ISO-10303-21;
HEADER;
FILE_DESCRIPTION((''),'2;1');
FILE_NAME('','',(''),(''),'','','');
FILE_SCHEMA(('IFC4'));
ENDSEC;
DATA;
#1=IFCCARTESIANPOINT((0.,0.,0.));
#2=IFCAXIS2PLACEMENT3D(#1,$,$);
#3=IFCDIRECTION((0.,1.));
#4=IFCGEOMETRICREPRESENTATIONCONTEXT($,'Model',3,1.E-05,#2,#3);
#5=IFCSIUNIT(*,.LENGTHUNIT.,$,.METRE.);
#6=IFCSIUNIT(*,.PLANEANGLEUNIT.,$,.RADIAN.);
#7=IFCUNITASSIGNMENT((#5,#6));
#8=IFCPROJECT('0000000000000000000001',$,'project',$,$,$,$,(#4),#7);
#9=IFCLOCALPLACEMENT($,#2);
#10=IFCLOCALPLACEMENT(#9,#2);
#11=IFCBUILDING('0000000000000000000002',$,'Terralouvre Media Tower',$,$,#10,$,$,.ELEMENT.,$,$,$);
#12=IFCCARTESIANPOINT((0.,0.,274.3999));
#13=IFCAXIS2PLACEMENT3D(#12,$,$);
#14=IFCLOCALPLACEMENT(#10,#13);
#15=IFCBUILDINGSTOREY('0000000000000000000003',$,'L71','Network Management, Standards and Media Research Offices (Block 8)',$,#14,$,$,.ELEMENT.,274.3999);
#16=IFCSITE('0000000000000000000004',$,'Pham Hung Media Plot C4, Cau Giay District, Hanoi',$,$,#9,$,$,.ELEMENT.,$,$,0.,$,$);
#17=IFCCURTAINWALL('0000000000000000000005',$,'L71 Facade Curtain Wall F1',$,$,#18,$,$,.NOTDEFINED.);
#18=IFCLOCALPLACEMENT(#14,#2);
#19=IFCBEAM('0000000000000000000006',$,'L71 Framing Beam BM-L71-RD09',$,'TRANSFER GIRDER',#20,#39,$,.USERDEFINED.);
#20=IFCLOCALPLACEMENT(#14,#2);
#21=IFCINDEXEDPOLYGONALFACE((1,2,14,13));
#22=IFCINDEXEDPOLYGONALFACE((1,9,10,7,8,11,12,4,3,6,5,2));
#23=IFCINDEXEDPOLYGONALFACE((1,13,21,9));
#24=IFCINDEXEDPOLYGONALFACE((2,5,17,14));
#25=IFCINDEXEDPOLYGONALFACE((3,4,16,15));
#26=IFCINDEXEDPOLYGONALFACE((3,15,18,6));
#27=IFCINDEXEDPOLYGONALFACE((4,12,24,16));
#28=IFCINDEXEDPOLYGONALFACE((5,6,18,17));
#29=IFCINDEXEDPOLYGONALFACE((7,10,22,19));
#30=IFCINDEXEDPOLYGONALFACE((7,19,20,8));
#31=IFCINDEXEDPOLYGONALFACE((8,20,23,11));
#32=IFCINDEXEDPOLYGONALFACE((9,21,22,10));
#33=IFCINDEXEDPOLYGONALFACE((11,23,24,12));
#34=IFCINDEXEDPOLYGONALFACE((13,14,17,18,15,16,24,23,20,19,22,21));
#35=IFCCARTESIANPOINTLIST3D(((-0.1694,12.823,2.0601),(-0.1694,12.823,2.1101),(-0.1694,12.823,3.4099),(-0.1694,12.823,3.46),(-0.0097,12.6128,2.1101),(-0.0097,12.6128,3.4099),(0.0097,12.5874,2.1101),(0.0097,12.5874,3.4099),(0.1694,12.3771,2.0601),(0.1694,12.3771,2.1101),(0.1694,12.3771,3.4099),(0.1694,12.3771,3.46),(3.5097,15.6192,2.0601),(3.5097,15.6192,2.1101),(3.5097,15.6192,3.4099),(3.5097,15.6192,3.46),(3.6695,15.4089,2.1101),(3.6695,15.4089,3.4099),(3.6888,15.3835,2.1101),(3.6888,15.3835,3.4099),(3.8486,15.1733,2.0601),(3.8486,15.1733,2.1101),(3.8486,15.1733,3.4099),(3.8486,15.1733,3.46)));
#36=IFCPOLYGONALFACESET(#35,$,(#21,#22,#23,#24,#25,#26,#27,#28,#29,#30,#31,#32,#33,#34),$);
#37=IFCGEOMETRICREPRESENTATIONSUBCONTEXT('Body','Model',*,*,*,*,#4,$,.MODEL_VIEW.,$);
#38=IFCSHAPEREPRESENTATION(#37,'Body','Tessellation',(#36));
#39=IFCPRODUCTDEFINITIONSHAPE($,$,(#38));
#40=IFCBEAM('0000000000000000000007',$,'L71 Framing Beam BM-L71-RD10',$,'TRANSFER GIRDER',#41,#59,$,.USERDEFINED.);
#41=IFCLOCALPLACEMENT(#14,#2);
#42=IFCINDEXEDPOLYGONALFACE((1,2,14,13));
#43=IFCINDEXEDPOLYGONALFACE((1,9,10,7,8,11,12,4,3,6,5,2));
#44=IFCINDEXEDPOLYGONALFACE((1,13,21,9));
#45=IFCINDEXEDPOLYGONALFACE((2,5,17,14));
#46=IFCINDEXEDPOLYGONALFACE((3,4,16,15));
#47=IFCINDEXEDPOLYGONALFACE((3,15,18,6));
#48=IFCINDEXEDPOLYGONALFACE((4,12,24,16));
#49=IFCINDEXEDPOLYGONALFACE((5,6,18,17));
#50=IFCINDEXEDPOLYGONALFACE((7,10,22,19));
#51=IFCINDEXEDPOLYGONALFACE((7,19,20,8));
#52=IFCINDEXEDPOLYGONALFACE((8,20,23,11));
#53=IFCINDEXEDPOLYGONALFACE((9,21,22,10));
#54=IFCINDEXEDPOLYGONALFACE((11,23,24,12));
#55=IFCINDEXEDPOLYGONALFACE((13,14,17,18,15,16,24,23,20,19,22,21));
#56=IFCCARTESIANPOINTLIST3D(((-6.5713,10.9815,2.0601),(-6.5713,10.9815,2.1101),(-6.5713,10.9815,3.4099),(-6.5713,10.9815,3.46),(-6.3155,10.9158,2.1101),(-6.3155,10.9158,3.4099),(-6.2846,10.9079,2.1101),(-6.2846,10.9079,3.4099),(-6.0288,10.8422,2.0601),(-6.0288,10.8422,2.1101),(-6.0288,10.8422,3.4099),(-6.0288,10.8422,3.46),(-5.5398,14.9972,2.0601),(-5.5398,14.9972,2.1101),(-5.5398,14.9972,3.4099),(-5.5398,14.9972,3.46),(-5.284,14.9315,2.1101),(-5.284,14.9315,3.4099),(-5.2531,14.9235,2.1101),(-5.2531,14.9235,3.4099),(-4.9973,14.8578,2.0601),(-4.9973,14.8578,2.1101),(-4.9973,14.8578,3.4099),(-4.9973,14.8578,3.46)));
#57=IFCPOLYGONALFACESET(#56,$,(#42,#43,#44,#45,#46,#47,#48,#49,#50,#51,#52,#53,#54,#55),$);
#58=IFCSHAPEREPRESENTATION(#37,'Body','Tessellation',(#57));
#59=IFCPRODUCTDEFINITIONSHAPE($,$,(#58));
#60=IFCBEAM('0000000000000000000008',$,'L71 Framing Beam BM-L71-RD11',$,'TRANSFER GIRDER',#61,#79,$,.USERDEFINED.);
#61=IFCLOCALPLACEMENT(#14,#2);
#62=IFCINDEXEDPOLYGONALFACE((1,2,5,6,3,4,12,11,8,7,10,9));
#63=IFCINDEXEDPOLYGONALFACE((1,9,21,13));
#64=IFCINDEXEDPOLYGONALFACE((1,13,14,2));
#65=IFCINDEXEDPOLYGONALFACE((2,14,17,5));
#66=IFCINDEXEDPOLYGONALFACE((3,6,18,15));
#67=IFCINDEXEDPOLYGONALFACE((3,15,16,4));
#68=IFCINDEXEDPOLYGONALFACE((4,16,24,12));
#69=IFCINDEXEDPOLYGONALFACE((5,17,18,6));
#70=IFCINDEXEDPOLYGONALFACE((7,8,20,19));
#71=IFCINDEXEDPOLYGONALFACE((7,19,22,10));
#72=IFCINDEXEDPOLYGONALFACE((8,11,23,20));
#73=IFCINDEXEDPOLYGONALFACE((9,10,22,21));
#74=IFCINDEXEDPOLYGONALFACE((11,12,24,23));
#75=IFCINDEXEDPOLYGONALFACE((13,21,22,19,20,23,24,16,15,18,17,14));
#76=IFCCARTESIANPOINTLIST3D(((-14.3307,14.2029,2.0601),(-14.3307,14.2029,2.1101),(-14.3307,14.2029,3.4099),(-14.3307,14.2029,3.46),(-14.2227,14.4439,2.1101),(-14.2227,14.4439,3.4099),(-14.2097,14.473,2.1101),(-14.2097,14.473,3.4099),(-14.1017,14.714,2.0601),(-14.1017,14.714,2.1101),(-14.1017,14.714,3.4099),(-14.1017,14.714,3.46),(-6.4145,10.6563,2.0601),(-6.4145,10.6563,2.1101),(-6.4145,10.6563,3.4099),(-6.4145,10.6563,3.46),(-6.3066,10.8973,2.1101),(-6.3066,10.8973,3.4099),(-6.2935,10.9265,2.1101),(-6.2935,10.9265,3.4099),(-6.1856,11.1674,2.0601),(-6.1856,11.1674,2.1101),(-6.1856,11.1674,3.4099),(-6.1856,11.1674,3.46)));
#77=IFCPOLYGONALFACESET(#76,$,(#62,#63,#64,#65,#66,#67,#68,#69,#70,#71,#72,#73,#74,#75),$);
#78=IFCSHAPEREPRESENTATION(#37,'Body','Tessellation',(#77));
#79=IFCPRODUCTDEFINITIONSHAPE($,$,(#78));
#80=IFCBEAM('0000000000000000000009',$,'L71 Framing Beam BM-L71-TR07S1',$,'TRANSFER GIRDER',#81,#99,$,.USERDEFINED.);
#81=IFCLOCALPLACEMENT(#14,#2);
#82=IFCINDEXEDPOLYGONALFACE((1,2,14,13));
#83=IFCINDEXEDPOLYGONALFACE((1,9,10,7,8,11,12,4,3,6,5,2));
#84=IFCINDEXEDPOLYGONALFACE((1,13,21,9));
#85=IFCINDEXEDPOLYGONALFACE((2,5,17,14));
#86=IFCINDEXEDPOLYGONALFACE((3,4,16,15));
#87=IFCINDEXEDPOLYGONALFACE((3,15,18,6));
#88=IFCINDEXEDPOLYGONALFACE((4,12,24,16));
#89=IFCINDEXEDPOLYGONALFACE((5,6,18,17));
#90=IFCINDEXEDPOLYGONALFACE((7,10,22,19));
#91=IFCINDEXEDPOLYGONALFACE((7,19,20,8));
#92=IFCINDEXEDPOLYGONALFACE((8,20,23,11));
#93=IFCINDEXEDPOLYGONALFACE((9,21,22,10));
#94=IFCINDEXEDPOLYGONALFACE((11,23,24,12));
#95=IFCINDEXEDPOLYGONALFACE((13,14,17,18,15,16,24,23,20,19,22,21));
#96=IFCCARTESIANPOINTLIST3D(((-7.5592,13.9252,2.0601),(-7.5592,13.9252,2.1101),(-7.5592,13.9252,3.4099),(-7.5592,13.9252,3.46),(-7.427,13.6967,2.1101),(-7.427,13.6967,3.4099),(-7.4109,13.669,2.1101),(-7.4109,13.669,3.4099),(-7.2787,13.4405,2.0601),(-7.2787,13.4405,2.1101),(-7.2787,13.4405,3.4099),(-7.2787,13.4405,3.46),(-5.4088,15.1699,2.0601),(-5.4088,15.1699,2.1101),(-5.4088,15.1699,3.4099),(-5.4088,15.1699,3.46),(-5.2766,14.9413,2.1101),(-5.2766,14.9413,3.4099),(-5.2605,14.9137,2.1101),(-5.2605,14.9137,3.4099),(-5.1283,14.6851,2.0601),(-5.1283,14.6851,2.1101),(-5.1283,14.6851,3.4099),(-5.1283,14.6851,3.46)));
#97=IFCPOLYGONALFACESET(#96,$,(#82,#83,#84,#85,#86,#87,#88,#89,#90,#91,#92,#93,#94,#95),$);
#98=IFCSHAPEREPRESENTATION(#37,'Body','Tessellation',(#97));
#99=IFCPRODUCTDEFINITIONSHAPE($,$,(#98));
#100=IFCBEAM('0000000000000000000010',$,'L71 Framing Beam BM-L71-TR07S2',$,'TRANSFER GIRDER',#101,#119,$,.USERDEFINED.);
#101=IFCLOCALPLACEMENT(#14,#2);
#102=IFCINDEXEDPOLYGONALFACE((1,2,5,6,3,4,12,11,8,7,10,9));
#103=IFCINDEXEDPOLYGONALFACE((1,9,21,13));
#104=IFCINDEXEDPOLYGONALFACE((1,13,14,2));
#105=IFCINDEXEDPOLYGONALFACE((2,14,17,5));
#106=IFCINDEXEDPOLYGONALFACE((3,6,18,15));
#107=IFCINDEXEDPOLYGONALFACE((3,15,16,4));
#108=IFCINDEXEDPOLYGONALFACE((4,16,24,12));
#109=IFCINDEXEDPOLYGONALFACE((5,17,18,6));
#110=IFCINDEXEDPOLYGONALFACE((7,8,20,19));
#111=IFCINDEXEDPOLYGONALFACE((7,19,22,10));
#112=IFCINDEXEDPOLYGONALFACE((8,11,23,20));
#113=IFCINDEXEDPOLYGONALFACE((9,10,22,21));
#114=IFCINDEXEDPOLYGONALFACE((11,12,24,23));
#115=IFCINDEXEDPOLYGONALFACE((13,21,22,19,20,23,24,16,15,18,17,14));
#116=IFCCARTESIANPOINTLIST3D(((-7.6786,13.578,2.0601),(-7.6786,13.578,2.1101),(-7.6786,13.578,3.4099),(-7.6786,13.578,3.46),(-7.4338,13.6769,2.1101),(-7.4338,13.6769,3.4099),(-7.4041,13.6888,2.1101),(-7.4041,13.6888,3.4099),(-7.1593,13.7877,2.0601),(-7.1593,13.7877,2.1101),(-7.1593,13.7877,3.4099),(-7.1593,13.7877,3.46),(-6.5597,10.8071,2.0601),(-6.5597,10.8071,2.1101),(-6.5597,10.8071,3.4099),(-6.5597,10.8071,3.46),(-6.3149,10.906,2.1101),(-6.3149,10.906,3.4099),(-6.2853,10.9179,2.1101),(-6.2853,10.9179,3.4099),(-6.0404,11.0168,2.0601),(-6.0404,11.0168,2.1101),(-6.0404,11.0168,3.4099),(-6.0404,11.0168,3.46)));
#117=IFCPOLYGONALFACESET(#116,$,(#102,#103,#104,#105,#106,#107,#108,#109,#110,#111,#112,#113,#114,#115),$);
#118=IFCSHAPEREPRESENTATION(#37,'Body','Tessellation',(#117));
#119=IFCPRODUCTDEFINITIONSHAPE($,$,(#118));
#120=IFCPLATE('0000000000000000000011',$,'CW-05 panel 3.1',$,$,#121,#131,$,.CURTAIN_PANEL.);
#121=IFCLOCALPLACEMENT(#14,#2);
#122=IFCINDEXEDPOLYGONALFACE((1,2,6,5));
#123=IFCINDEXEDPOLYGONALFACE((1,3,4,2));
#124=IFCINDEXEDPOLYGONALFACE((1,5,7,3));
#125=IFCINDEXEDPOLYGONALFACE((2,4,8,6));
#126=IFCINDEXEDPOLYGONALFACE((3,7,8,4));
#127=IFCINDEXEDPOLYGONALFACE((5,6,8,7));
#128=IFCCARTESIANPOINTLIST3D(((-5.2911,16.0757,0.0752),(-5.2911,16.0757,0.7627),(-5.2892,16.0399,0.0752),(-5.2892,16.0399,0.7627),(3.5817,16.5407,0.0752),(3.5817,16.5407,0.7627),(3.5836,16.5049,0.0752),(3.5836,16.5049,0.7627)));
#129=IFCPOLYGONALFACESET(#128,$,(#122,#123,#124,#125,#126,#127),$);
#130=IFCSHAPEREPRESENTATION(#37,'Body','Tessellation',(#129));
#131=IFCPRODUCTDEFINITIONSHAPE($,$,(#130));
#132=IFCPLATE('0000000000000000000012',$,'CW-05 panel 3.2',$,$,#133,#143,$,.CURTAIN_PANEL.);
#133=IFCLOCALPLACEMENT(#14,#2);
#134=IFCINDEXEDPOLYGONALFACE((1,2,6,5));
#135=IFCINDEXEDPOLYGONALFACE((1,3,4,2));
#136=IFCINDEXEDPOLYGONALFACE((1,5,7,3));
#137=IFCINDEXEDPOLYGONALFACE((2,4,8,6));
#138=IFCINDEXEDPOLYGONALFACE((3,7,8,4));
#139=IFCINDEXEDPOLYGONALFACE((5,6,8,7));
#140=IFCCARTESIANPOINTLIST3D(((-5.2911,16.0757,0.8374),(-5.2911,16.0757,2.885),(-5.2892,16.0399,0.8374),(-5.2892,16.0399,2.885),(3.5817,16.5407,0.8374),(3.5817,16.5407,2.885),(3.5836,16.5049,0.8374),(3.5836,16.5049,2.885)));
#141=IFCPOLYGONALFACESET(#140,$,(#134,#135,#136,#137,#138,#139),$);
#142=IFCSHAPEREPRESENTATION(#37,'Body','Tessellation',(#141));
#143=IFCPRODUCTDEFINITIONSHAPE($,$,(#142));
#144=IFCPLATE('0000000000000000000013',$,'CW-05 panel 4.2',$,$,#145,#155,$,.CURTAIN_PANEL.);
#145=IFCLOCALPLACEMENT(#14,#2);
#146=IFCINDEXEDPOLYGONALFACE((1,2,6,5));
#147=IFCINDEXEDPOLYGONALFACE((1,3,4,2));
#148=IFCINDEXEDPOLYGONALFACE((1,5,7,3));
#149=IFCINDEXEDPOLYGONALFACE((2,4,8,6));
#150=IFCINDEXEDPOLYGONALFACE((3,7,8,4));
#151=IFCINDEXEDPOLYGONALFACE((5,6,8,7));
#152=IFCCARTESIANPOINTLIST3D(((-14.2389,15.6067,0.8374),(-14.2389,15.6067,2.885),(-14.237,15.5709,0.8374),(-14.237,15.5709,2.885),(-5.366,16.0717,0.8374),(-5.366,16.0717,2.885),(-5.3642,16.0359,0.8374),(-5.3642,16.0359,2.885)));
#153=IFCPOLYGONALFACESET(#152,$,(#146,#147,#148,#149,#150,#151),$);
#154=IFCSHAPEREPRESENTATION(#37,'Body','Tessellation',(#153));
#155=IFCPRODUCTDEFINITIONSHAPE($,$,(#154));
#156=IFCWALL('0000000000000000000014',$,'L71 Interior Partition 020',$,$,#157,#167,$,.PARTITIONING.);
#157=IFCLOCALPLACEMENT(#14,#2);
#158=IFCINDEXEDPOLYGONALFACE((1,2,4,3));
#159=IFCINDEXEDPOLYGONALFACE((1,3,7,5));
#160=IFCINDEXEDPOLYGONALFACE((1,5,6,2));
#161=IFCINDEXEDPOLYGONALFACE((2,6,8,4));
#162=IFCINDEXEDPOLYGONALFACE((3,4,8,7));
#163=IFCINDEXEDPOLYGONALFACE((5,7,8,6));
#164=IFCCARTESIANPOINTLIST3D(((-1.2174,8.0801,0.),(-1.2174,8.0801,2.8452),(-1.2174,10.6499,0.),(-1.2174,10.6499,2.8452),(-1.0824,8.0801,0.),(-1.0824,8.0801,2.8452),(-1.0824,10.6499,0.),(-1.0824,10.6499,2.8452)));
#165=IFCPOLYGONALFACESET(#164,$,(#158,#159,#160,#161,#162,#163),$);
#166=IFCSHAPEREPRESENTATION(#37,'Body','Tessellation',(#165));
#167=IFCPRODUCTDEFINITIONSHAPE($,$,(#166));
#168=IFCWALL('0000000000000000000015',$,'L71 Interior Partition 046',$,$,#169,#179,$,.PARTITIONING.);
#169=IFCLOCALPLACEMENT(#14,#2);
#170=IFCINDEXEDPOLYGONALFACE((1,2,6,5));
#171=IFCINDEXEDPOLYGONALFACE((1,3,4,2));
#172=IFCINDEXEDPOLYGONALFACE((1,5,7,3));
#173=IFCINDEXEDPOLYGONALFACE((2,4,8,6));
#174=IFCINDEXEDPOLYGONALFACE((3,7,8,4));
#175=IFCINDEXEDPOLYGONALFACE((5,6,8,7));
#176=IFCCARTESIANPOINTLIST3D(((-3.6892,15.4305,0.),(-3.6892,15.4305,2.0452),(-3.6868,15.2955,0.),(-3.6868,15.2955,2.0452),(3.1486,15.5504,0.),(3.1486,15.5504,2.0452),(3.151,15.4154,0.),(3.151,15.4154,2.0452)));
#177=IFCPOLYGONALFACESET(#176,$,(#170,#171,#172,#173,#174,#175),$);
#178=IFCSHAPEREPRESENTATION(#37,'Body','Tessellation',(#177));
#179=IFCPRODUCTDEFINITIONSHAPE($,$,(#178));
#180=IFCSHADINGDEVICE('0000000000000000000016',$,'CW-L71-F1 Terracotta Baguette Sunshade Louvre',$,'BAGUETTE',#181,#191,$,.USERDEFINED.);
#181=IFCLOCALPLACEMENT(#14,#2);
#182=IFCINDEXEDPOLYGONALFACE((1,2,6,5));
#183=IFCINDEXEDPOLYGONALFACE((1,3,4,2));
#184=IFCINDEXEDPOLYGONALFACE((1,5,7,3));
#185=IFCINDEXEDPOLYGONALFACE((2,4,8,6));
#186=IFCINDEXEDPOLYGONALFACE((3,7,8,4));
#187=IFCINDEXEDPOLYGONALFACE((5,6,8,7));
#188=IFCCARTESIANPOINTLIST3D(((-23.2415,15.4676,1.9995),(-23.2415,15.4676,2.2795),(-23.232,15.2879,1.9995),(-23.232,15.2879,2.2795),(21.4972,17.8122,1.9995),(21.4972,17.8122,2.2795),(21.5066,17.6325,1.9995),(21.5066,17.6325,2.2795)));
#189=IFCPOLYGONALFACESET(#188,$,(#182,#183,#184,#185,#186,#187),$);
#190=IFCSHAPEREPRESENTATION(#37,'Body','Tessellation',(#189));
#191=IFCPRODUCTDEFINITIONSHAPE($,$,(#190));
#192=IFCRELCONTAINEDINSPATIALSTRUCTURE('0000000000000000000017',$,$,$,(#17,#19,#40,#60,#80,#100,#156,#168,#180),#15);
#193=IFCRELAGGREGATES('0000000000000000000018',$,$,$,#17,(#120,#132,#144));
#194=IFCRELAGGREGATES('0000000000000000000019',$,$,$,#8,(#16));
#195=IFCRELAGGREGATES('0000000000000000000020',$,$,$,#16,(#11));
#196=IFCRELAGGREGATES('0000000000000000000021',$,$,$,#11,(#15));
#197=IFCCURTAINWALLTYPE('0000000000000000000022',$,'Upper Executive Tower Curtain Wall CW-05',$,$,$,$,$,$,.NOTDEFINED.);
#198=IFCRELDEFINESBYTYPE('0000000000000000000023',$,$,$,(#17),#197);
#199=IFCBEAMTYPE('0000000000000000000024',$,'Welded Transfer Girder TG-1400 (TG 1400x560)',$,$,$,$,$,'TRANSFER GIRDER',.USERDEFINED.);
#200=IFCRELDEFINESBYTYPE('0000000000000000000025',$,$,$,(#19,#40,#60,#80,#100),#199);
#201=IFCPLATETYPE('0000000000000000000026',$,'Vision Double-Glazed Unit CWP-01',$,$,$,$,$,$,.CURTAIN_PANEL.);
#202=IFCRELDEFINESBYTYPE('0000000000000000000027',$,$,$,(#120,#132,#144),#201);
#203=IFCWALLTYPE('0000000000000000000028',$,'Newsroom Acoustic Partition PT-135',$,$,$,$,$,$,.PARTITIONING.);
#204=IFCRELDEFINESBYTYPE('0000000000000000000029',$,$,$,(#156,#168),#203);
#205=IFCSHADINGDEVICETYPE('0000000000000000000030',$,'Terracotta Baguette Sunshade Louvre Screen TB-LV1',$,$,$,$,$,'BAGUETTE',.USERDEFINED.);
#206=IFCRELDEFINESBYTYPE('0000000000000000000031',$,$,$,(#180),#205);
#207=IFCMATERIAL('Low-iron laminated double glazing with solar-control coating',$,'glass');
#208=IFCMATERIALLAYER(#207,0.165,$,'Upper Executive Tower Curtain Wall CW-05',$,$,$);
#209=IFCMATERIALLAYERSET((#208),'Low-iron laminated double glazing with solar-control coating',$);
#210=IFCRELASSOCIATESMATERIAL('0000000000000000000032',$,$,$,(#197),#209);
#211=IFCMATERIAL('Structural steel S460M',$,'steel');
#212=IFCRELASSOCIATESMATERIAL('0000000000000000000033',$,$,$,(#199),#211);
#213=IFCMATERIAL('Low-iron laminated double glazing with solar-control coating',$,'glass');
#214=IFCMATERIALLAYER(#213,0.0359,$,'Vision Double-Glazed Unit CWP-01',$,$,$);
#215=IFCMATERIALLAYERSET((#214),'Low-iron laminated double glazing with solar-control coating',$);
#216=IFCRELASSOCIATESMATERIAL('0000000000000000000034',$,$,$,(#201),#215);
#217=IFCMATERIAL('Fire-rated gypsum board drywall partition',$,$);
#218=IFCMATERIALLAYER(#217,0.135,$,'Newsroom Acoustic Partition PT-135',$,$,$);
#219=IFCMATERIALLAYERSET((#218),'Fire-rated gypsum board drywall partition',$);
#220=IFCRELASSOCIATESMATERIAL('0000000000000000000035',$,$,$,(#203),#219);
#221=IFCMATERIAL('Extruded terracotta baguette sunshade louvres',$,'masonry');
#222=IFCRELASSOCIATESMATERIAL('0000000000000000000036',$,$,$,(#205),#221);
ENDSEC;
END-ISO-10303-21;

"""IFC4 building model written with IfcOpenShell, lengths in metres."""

from ifc_helpers import new_model, si_unit, direction, frame, frame_2d, origin, origin_2d, place, context, subcontext, project, spatial, rectangle, i_section, extrude, material, layer, layer_set, material_profile, profile_set, type_object, element, aggregate, save


model = new_model("IFC4")

# Units and contexts
model_context = context("Model", 3, precision=1e-05, world=origin(), true_north=direction((0.0, 1.0)))
body_context = subcontext(model_context, "Body", "Model", "MODEL_VIEW")
ifc_project = project(units=[si_unit("LENGTHUNIT", "METRE"), si_unit("PLANEANGLEUNIT", "RADIAN")], contexts=[model_context])

# Site, building, storey
site_placement = place(None, origin())
site = spatial("IfcSite", under=ifc_project, at=site_placement, Name="Pham Hung Media Plot C4, Cau Giay District, Hanoi", CompositionType="ELEMENT", RefElevation=0.0)
building_placement = place(site_placement, origin())
building = spatial("IfcBuilding", under=site, at=building_placement, Name="Terralouvre Media Tower", CompositionType="ELEMENT")
storey_placement = place(building_placement, frame((0.0, 0.0, 274.3999)))
storey = spatial("IfcBuildingStorey", under=building, at=storey_placement, Name="L71", Description="Network Management, Standards and Media Research Offices (Block 8)", CompositionType="ELEMENT", Elevation=274.3999)

# Curtain wall
ifc_material_1 = material(Name="Low-iron laminated double glazing with solar-control coating", Category="glass")
ifc_layer_1 = layer(ifc_material_1, 0.165, Name="Upper Executive Tower Curtain Wall CW-05")
ifc_layer_set_1 = layer_set([ifc_layer_1], Name="Low-iron laminated double glazing with solar-control coating")
curtain_wall_type = type_object("IfcCurtainWallType", Name="Upper Executive Tower Curtain Wall CW-05", PredefinedType="NOTDEFINED", material=ifc_layer_set_1)
curtain_wall_placement = place(storey_placement, origin())
curtain_wall = element("IfcCurtainWall", 1, at=curtain_wall_placement, inside=storey, type_object=curtain_wall_type, Name="L71 Facade Curtain Wall F1", PredefinedType="NOTDEFINED")

# Beams
ifc_material_2 = material(Name="Structural steel S460M", Category="steel")
ifc_material_profile_1 = material_profile(ifc_material_2, i_section(OverallWidth=0.5601, OverallDepth=1.3999, WebThickness=0.032, FlangeThickness=0.05, at=origin_2d()), Name="TG 1400x560")
ifc_profile_set_1 = profile_set([ifc_material_profile_1], Name="Structural steel S460M")
beam_type_1 = type_object("IfcBeamType", Name="Welded Transfer Girder TG-1400 (TG 1400x560)", ElementType="TRANSFER GIRDER", PredefinedType="USERDEFINED", material=ifc_profile_set_1)
beam_1_placement = place(storey_placement, frame((0.0, 12.6001, 2.76), z_axis=(0.796167, 0.605077, 0.0), x_axis=(-0.605077, 0.796167, 0.0)))
element("IfcBeam", 2, at=beam_1_placement, inside=storey, type_object=beam_type_1, Name="L71 Framing Beam BM-L71-RD09", ObjectType="TRANSFER GIRDER", PredefinedType="USERDEFINED", context=body_context, shape_type="SweptSolid", body=[
    extrude(i_section(OverallWidth=0.5601, OverallDepth=1.3999, WebThickness=0.032, FlangeThickness=0.05, at=origin_2d()), origin(), (0.0, 0.0, 1.0), 4.6211),
])
beam_2_placement = place(storey_placement, frame((-6.3, 10.9119, 2.76), z_axis=(0.248793, 0.968557, 0.0), x_axis=(-0.968557, 0.248793, 0.0)))
element("IfcBeam", 3, at=beam_2_placement, inside=storey, type_object=beam_type_1, Name="L71 Framing Beam BM-L71-RD10", ObjectType="TRANSFER GIRDER", PredefinedType="USERDEFINED", context=body_context, shape_type="SweptSolid", body=[
    extrude(i_section(OverallWidth=0.5601, OverallDepth=1.3999, WebThickness=0.032, FlangeThickness=0.05, at=origin_2d()), origin(), (0.0, 0.0, 1.0), 4.146),
])
beam_3_placement = place(storey_placement, frame((-6.3, 10.9119, 2.76), z_axis=(-0.912597, 0.40886, 0.0), x_axis=(-0.40886, -0.912597, 0.0)))
element("IfcBeam", 4, at=beam_3_placement, inside=storey, type_object=beam_type_1, Name="L71 Framing Beam BM-L71-RD11", ObjectType="TRANSFER GIRDER", PredefinedType="USERDEFINED", context=body_context, shape_type="SweptSolid", body=[
    extrude(i_section(OverallWidth=0.5601, OverallDepth=1.3999, WebThickness=0.032, FlangeThickness=0.05, at=origin_2d()), origin(), (0.0, 0.0, 1.0), 8.6743),
])
beam_4_placement = place(storey_placement, frame((-7.4189, 13.6829, 2.76), z_axis=(0.865485, 0.500936, 0.0), x_axis=(-0.500936, 0.865485, 0.0)))
element("IfcBeam", 5, at=beam_4_placement, inside=storey, type_object=beam_type_1, Name="L71 Framing Beam BM-L71-TR07S1", ObjectType="TRANSFER GIRDER", PredefinedType="USERDEFINED", context=body_context, shape_type="SweptSolid", body=[
    extrude(i_section(OverallWidth=0.5601, OverallDepth=1.3999, WebThickness=0.032, FlangeThickness=0.05, at=origin_2d()), origin(), (0.0, 0.0, 1.0), 2.4846),
])
beam_5_placement = place(storey_placement, frame((-7.4189, 13.6829, 2.76), z_axis=(0.374417, -0.92726, 0.0), x_axis=(0.92726, 0.374417, 0.0)))
element("IfcBeam", 6, at=beam_5_placement, inside=storey, type_object=beam_type_1, Name="L71 Framing Beam BM-L71-TR07S2", ObjectType="TRANSFER GIRDER", PredefinedType="USERDEFINED", context=body_context, shape_type="SweptSolid", body=[
    extrude(i_section(OverallWidth=0.5601, OverallDepth=1.3999, WebThickness=0.032, FlangeThickness=0.05, at=origin_2d()), origin(), (0.0, 0.0, 1.0), 2.9883),
])

# Plates
ifc_material_3 = material(Name="Low-iron laminated double glazing with solar-control coating", Category="glass")
ifc_layer_2 = layer(ifc_material_3, 0.0359, Name="Vision Double-Glazed Unit CWP-01")
ifc_layer_set_2 = layer_set([ifc_layer_2], Name="Low-iron laminated double glazing with solar-control coating")
plate_type = type_object("IfcPlateType", Name="Vision Double-Glazed Unit CWP-01", PredefinedType="CURTAIN_PANEL", material=ifc_layer_set_2)
plate_1_placement = place(storey_placement, frame((-0.8538, 16.2903, 0.0752), z_axis=(0.0, 0.0, 1.0), x_axis=(-0.99863, -0.052336, 0.0)))
plate_1 = element("IfcPlate", 7, at=plate_1_placement, type_object=plate_type, Name="CW-05 panel 3.1", PredefinedType="CURTAIN_PANEL", context=body_context, shape_type="SweptSolid", body=[
    extrude(rectangle(XDim=8.885, YDim=0.0359, at=origin_2d()), origin(), (0.0, 0.0, 1.0), 0.6875),
])
plate_2_placement = place(storey_placement, frame((-0.8538, 16.2903, 0.8374), z_axis=(0.0, 0.0, 1.0), x_axis=(-0.99863, -0.052336, 0.0)))
plate_2 = element("IfcPlate", 8, at=plate_2_placement, type_object=plate_type, Name="CW-05 panel 3.2", PredefinedType="CURTAIN_PANEL", context=body_context, shape_type="SweptSolid", body=[
    extrude(rectangle(XDim=8.885, YDim=0.0359, at=origin_2d()), origin(), (0.0, 0.0, 1.0), 2.0476),
])
plate_3_placement = place(storey_placement, frame((-9.8015, 15.8213, 0.8374), z_axis=(0.0, 0.0, 1.0), x_axis=(-0.99863, -0.052336, 0.0)))
plate_3 = element("IfcPlate", 9, at=plate_3_placement, type_object=plate_type, Name="CW-05 panel 4.2", PredefinedType="CURTAIN_PANEL", context=body_context, shape_type="SweptSolid", body=[
    extrude(rectangle(XDim=8.885, YDim=0.0359, at=origin_2d()), origin(), (0.0, 0.0, 1.0), 2.0476),
])
aggregate(curtain_wall, [plate_1, plate_2, plate_3])

# Walls
ifc_material_4 = material(Name="Fire-rated gypsum board drywall partition")
ifc_layer_3 = layer(ifc_material_4, 0.135, Name="Newsroom Acoustic Partition PT-135")
ifc_layer_set_3 = layer_set([ifc_layer_3], Name="Fire-rated gypsum board drywall partition")
wall_type = type_object("IfcWallType", Name="Newsroom Acoustic Partition PT-135", PredefinedType="PARTITIONING", material=ifc_layer_set_3)
wall_1_placement = place(storey_placement, frame((-1.1499, 10.6499, 0.0), z_axis=(0.0, 0.0, 1.0), x_axis=(0.0, -1.0, 0.0)))
element("IfcWall", 10, at=wall_1_placement, inside=storey, type_object=wall_type, Name="L71 Interior Partition 020", PredefinedType="PARTITIONING", context=body_context, shape_type="SweptSolid", body=[
    extrude(rectangle(XDim=2.5698, YDim=0.135, at=frame_2d((1.2849, 0.0))), origin(), (0.0, 0.0, 1.0), 2.8452),
])
wall_2_placement = place(storey_placement, frame((-3.688, 15.363, 0.0), z_axis=(0.0, 0.0, 1.0), x_axis=(0.999846, 0.017528, 0.0)))
element("IfcWall", 11, at=wall_2_placement, inside=storey, type_object=wall_type, Name="L71 Interior Partition 046", PredefinedType="PARTITIONING", context=body_context, shape_type="SweptSolid", body=[
    extrude(rectangle(XDim=6.8389, YDim=0.135, at=frame_2d((3.4194, 0.0))), origin(), (0.0, 0.0, 1.0), 2.0452),
])

# Shading device
ifc_material_5 = material(Name="Extruded terracotta baguette sunshade louvres", Category="masonry")
shading_device_type = type_object("IfcShadingDeviceType", Name="Terracotta Baguette Sunshade Louvre Screen TB-LV1", ElementType="BAGUETTE", PredefinedType="USERDEFINED", material=ifc_material_5)
shading_device_placement = place(storey_placement, frame((-0.8674, 16.55, 1.9995), z_axis=(0.0, 0.0, 1.0), x_axis=(-0.99863, -0.052336, 0.0)))
element("IfcShadingDevice", 12, at=shading_device_placement, inside=storey, type_object=shading_device_type, Name="CW-L71-F1 Terracotta Baguette Sunshade Louvre", ObjectType="BAGUETTE", PredefinedType="USERDEFINED", context=body_context, shape_type="SweptSolid", body=[
    extrude(rectangle(XDim=44.8, YDim=0.1799, at=origin_2d()), origin(), (0.0, 0.0, 1.0), 0.28),
])

save(model, "model.ifc")
